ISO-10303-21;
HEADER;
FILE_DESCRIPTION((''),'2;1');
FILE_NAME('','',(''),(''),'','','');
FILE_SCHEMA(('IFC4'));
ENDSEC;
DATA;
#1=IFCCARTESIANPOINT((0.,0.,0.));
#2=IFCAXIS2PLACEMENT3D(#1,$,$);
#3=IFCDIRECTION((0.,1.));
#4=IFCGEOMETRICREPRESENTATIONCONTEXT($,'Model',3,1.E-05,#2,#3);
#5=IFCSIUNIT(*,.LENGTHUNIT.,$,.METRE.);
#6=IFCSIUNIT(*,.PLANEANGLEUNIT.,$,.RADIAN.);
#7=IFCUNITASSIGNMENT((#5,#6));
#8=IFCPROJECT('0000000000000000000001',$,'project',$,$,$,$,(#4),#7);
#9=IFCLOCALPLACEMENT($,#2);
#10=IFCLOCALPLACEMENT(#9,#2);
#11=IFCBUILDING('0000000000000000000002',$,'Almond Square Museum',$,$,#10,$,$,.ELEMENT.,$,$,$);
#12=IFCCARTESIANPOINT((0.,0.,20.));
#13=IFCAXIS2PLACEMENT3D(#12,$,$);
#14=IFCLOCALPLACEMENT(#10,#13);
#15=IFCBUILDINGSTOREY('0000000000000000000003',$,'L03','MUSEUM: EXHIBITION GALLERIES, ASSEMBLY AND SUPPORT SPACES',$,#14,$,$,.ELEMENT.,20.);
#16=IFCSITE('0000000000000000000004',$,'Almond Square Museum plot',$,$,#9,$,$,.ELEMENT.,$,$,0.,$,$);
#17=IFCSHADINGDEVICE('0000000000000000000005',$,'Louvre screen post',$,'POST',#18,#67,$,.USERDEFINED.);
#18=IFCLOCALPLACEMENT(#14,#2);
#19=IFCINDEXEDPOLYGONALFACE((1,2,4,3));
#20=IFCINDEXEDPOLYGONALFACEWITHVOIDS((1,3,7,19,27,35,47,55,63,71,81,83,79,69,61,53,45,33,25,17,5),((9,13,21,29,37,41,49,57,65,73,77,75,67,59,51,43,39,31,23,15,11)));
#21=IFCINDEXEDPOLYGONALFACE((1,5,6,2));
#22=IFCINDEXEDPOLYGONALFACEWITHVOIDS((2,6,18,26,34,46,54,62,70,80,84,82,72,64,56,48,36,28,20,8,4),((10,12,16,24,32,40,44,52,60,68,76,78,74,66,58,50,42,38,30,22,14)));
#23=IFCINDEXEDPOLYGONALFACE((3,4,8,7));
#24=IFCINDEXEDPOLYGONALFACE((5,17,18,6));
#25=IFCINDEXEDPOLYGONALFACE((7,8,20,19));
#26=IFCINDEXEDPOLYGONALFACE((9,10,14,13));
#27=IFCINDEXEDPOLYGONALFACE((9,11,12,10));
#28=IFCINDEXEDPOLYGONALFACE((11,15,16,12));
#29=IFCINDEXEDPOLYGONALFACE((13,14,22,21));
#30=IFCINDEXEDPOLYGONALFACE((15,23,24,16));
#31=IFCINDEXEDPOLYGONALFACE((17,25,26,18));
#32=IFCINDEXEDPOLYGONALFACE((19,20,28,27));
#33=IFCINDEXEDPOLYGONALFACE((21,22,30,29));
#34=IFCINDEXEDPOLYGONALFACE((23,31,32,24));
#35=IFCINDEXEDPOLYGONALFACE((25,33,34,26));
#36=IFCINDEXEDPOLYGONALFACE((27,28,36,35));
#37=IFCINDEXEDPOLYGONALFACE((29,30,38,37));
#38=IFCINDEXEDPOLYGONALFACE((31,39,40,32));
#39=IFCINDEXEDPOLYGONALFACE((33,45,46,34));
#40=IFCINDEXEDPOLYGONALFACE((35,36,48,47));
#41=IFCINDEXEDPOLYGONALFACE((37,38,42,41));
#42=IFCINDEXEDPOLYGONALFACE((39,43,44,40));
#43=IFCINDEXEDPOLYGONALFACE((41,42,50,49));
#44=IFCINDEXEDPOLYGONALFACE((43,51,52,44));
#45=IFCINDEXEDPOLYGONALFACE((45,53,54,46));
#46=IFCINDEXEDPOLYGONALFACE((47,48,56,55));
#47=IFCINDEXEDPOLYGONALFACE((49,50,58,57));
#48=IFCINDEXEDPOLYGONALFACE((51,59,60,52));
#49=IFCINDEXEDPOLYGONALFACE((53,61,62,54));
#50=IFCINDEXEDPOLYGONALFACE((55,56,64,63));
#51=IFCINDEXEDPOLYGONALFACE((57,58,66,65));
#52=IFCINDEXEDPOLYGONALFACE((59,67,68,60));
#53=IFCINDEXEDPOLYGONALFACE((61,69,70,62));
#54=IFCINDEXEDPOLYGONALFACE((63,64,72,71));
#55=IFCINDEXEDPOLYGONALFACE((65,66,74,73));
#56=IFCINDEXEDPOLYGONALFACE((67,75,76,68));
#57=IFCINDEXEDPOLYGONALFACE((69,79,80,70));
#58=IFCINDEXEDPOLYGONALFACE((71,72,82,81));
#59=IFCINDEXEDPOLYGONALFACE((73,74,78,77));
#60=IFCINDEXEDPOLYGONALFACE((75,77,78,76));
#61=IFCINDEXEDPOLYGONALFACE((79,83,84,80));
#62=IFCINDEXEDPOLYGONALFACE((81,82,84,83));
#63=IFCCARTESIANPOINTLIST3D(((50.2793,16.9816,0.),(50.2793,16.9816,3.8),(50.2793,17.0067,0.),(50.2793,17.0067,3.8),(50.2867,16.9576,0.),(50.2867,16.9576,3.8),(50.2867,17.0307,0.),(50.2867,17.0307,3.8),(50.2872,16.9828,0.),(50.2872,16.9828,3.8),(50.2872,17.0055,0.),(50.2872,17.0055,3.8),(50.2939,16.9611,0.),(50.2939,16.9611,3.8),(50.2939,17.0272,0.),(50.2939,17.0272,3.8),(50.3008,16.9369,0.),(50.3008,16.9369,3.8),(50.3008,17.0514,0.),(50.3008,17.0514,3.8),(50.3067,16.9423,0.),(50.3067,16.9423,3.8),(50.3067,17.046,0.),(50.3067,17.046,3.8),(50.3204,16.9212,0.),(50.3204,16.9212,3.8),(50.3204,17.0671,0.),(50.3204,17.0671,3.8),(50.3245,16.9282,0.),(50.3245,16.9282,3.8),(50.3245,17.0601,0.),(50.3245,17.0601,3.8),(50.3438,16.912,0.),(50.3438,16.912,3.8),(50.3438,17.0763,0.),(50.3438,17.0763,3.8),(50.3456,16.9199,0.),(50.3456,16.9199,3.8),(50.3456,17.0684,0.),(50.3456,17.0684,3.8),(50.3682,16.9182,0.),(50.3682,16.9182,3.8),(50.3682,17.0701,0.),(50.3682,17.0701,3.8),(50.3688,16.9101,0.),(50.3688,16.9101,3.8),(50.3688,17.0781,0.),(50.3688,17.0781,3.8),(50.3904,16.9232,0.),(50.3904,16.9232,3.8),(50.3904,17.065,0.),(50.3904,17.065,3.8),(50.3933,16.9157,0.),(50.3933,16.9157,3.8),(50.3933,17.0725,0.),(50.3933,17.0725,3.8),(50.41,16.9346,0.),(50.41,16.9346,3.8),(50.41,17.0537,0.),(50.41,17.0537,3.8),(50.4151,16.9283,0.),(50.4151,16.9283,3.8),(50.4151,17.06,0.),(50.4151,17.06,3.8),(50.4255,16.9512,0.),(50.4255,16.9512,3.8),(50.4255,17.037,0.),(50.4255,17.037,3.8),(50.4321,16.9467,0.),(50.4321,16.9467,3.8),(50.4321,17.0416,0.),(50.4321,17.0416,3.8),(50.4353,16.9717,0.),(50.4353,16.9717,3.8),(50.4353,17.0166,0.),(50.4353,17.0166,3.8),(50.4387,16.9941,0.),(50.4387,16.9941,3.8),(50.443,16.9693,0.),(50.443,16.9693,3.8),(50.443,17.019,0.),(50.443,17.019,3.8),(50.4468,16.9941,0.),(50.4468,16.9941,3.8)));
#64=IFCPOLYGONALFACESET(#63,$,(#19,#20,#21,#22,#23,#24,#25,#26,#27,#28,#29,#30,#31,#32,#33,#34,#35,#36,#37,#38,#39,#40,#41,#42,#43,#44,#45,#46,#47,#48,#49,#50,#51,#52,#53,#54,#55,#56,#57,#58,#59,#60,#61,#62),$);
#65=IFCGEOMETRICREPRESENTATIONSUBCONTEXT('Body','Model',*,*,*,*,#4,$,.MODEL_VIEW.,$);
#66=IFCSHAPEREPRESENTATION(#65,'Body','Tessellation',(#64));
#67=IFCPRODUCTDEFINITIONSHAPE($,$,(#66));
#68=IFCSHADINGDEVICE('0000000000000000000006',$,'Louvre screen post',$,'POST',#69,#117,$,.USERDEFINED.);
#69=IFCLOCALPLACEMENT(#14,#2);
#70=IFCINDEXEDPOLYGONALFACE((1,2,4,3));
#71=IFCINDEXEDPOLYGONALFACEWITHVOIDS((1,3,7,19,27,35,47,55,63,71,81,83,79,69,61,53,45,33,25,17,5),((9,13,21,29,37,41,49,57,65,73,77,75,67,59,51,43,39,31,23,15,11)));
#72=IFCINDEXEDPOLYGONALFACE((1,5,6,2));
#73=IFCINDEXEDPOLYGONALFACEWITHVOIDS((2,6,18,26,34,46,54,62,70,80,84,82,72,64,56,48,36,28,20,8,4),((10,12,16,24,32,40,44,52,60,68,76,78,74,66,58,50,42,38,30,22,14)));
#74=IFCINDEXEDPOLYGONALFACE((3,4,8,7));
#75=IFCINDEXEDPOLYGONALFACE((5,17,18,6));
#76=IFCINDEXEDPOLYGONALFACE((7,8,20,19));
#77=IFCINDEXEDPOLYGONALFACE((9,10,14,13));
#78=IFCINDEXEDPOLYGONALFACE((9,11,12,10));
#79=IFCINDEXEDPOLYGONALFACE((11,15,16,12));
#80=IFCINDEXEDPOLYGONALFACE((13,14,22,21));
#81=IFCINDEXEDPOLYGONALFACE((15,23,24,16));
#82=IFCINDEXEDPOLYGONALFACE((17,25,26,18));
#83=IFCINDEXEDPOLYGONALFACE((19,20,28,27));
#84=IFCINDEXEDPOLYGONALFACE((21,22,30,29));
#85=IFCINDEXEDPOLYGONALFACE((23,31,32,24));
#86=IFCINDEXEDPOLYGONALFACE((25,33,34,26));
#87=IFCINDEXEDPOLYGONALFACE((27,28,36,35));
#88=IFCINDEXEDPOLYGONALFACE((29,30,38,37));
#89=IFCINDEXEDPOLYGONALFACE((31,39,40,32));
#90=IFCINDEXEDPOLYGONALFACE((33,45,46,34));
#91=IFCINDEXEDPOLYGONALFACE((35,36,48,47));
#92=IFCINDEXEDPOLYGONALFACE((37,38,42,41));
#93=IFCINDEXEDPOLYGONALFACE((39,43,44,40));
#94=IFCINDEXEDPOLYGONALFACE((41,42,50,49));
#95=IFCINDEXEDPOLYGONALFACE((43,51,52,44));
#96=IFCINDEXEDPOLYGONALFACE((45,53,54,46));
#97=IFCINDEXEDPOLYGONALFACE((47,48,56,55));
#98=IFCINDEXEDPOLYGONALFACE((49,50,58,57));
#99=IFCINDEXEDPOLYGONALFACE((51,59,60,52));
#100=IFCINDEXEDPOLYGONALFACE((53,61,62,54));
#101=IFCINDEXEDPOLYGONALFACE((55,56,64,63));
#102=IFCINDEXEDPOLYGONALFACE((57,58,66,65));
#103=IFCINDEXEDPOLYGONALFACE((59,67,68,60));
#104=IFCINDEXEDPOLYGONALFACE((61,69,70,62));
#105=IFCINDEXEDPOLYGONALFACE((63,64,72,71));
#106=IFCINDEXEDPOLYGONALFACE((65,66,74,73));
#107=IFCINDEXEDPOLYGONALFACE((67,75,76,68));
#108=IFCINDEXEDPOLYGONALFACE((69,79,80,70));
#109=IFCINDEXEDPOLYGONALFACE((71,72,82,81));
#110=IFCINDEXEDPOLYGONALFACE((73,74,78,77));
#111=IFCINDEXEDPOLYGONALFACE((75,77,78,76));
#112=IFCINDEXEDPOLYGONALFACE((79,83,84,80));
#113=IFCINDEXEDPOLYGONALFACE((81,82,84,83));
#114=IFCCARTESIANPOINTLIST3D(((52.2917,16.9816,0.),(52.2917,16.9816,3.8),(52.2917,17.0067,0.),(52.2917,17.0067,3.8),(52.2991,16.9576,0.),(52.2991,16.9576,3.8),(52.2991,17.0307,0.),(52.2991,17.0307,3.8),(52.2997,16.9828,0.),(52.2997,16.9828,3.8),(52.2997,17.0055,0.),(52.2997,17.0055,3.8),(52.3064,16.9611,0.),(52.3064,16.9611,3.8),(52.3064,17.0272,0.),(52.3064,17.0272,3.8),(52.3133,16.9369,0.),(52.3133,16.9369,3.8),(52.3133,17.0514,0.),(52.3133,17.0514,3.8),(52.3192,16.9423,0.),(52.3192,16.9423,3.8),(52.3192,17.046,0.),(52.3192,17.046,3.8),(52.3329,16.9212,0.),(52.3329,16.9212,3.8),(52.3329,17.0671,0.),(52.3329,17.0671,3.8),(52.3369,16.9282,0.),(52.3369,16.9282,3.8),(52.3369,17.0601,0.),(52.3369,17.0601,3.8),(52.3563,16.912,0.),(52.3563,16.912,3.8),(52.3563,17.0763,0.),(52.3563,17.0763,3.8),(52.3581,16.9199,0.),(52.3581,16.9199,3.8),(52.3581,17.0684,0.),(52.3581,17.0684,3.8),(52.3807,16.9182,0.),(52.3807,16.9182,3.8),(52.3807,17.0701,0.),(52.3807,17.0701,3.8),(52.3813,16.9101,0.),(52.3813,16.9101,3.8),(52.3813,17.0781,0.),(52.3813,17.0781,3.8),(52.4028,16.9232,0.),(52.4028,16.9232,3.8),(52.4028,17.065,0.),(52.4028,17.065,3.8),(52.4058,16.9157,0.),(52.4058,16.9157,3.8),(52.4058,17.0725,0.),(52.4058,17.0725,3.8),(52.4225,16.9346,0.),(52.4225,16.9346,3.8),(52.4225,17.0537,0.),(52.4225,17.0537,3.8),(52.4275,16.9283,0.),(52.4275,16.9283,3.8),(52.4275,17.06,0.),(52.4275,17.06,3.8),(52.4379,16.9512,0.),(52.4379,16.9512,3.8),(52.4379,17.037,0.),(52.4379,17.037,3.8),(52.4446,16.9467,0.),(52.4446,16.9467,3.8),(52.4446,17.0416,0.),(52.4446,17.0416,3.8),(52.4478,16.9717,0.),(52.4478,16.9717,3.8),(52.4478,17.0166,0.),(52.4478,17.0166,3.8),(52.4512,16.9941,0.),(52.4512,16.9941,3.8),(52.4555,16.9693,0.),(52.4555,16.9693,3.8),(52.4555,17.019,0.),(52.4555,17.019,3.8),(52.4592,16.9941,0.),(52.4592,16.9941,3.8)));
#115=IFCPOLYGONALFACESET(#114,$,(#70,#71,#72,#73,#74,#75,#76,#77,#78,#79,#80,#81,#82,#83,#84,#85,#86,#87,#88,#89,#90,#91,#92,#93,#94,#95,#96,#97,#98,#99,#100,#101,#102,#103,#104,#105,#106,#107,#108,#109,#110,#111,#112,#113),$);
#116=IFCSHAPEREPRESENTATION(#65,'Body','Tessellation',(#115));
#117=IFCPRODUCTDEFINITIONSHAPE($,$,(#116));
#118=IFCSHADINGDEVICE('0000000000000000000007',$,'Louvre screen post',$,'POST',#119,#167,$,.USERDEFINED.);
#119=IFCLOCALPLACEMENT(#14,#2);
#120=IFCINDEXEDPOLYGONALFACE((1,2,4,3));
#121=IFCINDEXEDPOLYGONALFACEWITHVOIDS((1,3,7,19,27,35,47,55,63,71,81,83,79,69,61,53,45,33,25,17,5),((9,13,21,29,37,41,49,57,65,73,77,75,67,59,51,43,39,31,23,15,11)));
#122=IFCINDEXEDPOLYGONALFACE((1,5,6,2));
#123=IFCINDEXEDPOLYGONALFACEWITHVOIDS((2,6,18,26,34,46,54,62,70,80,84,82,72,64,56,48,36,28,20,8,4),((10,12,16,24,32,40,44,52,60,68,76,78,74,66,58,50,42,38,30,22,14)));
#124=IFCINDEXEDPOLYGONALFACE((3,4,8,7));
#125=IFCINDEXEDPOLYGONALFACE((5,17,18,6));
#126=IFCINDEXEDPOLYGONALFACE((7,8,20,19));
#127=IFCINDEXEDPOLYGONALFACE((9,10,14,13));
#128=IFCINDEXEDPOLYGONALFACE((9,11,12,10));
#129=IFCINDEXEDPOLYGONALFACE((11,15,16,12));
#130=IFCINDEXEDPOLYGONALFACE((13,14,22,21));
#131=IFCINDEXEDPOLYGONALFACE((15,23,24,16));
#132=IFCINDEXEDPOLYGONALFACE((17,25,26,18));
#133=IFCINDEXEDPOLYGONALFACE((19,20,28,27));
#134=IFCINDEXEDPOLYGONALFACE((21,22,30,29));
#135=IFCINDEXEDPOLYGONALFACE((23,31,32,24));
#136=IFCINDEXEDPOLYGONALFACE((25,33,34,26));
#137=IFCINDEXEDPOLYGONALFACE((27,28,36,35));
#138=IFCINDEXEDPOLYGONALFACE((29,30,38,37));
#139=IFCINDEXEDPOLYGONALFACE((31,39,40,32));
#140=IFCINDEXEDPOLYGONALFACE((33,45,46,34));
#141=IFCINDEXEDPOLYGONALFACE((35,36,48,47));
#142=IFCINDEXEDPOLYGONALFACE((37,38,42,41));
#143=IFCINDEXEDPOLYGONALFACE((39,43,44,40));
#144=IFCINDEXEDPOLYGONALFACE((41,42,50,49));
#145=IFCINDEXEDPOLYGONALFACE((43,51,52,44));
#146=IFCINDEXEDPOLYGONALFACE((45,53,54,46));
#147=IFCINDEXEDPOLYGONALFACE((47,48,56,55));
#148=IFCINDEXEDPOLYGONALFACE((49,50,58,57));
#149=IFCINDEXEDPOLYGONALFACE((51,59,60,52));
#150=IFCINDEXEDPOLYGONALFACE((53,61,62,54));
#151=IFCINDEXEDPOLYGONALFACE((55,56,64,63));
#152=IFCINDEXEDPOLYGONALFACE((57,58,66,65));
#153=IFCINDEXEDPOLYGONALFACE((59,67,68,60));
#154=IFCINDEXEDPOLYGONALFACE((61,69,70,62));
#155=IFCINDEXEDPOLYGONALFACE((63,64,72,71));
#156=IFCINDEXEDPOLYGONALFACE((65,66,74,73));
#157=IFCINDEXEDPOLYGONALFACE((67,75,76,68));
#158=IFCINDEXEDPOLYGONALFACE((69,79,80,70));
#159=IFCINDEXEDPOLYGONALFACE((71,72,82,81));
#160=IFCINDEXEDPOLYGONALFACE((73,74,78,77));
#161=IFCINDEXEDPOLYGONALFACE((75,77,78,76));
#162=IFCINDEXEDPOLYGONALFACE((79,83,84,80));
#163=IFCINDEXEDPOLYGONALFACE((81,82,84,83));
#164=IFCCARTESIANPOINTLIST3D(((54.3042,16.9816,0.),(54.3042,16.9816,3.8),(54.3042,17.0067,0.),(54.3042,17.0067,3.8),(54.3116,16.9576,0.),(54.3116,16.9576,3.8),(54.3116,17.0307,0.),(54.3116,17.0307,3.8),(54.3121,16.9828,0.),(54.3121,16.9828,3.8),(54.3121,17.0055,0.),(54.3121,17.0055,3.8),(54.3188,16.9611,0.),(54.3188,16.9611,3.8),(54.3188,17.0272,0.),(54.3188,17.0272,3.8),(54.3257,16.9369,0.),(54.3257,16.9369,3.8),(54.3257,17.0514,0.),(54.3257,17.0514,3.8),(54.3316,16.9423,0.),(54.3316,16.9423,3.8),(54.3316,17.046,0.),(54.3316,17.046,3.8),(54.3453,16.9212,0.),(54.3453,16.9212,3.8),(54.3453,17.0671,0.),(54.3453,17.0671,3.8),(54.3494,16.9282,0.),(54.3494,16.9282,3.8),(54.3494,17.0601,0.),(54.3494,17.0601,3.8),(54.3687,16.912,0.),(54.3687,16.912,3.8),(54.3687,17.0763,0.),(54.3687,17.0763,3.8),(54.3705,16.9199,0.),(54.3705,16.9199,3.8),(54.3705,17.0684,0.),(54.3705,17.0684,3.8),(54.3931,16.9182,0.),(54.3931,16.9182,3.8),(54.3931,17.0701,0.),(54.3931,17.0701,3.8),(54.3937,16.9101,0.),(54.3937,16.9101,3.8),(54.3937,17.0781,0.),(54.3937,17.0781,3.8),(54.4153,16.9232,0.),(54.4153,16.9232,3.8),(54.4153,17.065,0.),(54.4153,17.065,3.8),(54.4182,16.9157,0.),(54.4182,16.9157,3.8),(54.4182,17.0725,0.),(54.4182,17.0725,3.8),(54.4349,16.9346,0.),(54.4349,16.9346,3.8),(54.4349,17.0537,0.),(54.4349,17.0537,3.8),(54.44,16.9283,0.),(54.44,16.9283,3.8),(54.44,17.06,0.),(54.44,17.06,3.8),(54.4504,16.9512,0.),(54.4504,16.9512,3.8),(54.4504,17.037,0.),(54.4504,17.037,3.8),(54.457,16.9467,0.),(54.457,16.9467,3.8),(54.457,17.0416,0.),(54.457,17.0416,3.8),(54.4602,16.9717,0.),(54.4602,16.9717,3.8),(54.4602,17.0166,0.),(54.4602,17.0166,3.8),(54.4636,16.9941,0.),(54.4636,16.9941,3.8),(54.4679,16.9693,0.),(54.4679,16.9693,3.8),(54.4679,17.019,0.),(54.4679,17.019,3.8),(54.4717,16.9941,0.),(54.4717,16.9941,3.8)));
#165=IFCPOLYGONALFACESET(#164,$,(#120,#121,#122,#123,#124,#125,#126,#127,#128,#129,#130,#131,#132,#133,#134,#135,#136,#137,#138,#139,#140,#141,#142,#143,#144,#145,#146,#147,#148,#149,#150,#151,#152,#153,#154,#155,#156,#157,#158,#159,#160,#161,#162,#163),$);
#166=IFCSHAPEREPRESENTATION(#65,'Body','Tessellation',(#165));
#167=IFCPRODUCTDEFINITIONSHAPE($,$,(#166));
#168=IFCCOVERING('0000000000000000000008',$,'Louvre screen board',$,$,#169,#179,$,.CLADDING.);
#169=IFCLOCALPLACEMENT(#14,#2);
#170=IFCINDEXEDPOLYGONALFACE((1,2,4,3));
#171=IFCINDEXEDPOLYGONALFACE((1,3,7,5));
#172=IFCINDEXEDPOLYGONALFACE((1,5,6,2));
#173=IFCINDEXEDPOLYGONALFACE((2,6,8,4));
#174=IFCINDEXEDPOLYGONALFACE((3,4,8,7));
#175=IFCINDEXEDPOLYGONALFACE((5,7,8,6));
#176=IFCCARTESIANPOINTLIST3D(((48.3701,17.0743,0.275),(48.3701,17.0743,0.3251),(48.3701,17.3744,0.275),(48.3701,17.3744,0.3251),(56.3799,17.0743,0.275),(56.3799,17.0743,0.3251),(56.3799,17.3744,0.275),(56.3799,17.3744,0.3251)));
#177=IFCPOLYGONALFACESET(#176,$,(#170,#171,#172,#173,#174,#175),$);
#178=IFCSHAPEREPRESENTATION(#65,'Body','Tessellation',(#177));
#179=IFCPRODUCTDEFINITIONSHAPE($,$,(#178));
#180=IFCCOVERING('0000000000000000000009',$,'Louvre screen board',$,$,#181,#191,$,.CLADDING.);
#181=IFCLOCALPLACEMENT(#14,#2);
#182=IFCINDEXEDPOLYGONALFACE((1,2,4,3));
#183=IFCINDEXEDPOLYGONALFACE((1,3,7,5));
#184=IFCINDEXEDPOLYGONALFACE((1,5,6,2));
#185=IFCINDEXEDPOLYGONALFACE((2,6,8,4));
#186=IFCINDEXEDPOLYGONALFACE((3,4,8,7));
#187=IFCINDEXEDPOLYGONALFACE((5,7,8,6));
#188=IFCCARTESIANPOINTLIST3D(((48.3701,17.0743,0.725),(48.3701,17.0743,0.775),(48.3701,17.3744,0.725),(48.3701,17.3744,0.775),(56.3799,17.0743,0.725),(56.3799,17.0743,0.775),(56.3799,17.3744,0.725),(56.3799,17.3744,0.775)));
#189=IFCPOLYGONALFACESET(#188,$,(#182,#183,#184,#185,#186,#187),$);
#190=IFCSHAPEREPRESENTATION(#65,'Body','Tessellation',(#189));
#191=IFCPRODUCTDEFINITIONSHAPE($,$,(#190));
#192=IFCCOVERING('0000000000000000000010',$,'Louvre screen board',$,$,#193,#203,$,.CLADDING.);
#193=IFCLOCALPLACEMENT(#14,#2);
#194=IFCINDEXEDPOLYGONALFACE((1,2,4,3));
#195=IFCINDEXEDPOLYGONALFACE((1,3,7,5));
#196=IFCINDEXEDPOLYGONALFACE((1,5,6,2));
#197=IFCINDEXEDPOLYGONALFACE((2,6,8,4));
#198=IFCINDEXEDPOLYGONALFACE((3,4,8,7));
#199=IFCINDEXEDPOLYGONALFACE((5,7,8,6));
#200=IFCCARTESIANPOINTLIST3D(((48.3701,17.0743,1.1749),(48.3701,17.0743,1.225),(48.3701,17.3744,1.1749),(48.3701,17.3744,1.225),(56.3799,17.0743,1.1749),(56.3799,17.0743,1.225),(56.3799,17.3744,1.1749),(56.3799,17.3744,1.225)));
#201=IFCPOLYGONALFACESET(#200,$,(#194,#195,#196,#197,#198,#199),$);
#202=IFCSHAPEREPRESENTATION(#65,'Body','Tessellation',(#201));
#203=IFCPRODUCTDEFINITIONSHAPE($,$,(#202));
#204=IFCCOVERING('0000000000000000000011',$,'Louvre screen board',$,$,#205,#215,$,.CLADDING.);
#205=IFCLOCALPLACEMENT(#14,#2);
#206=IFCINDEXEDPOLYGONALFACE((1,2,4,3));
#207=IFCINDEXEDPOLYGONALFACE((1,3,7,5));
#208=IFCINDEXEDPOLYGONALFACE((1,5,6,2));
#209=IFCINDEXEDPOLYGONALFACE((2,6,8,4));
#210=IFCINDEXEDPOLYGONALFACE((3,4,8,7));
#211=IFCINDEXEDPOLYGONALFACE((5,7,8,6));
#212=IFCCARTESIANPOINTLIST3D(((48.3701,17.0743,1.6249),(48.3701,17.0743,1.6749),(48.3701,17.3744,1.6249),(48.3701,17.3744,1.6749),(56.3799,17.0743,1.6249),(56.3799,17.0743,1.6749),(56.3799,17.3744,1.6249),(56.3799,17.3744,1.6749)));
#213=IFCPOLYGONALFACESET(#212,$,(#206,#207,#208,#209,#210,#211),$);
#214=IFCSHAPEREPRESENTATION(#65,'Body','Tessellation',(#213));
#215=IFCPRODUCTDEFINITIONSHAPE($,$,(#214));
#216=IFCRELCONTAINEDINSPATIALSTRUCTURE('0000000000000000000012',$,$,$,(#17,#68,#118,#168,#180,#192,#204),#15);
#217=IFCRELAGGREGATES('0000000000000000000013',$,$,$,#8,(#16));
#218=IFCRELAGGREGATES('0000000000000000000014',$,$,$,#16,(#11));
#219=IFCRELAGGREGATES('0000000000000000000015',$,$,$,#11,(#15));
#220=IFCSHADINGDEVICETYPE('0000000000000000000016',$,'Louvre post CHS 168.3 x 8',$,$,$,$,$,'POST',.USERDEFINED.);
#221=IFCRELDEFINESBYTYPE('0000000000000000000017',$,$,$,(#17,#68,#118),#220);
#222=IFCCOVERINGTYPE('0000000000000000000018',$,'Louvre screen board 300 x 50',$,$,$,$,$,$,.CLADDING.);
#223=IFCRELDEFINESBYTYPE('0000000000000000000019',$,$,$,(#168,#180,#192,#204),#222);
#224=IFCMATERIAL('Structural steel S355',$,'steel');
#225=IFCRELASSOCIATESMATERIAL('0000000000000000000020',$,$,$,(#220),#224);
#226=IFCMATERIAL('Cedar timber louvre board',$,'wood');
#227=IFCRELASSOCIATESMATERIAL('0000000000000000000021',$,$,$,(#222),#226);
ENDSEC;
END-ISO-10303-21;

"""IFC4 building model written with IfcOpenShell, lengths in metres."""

from ifc_helpers import new_model, si_unit, direction, frame, origin, origin_2d, place, context, subcontext, project, spatial, rectangle, hollow_circle, extrude, material, material_profile, profile_set, type_object, element, save


model = new_model("IFC4")

# Units and contexts
model_context = context("Model", 3, precision=1e-05, world=origin(), true_north=direction((0.0, 1.0)))
body_context = subcontext(model_context, "Body", "Model", "MODEL_VIEW")
ifc_project = project(units=[si_unit("LENGTHUNIT", "METRE"), si_unit("PLANEANGLEUNIT", "RADIAN")], contexts=[model_context])

# Site, building, storey
site_placement = place(None, origin())
site = spatial("IfcSite", under=ifc_project, at=site_placement, Name="Almond Square Museum plot", CompositionType="ELEMENT", RefElevation=0.0)
building_placement = place(site_placement, origin())
building = spatial("IfcBuilding", under=site, at=building_placement, Name="Almond Square Museum", CompositionType="ELEMENT")
storey_placement = place(building_placement, frame((0.0, 0.0, 20.0)))
storey = spatial("IfcBuildingStorey", under=building, at=storey_placement, Name="L03", Description="MUSEUM: EXHIBITION GALLERIES, ASSEMBLY AND SUPPORT SPACES", CompositionType="ELEMENT", Elevation=20.0)

# Shading devices
ifc_material_1 = material(Name="Structural steel S355", Category="steel")
ifc_material_profile_1 = material_profile(ifc_material_1, hollow_circle(Radius=0.0842, WallThickness=0.0081, at=origin_2d()))
ifc_profile_set_1 = profile_set([ifc_material_profile_1], Name="Structural steel S355")
shading_device_type_1 = type_object("IfcShadingDeviceType", Name="Louvre post CHS 168.3 x 8", ElementType="POST", PredefinedType="USERDEFINED", material=ifc_profile_set_1)
for number, where, z_axis, x_axis, name in (
    (1, (50.3625, 16.9941, 0.0), (0.0, 0.0, 1.0), (1.0, 0.0, 0.0), "Louvre screen post"),
    (2, (52.375, 16.9941, 0.0), (0.0, 0.0, 1.0), (1.0, 0.0, 0.0), "Louvre screen post"),
    (3, (54.3875, 16.9941, 0.0), (0.0, 0.0, 1.0), (1.0, 0.0, 0.0), "Louvre screen post"),
):
    element("IfcShadingDevice", number, at=place(storey_placement, frame(where, z_axis=z_axis, x_axis=x_axis)), inside=storey, type_object=shading_device_type_1, Name=name, ObjectType="POST", PredefinedType="USERDEFINED", context=body_context, shape_type="SweptSolid", body=[
        extrude(hollow_circle(Radius=0.0842, WallThickness=0.0081, at=origin_2d()), origin(), (0.0, 0.0, 1.0), 3.8),
    ])

# Coverings
ifc_material_2 = material(Name="Cedar timber louvre board", Category="wood")
ifc_material_profile_2 = material_profile(ifc_material_2, rectangle(XDim=0.3, YDim=0.05, at=origin_2d()))
ifc_profile_set_2 = profile_set([ifc_material_profile_2], Name="Cedar timber louvre board")
covering_type = type_object("IfcCoveringType", Name="Louvre screen board 300 x 50", PredefinedType="CLADDING", material=ifc_profile_set_2)
for number, where, z_axis, x_axis, name in (
    (4, (48.3701, 17.2244, 0.3), (1.0, 0.0, 0.0), (0.0, 1.0, 0.0), "Louvre screen board"),
    (5, (48.3701, 17.2244, 0.75), (1.0, 0.0, 0.0), (0.0, 1.0, 0.0), "Louvre screen board"),
    (6, (48.3701, 17.2244, 1.2), (1.0, 0.0, 0.0), (0.0, 1.0, 0.0), "Louvre screen board"),
    (7, (48.3701, 17.2244, 1.6499), (1.0, 0.0, 0.0), (0.0, 1.0, 0.0), "Louvre screen board"),
):
    element("IfcCovering", number, at=place(storey_placement, frame(where, z_axis=z_axis, x_axis=x_axis)), inside=storey, type_object=covering_type, Name=name, PredefinedType="CLADDING", context=body_context, shape_type="SweptSolid", body=[
        extrude(rectangle(XDim=0.3, YDim=0.05, at=origin_2d()), origin(), (0.0, 0.0, 1.0), 8.0098),
    ])

save(model, "model.ifc")
